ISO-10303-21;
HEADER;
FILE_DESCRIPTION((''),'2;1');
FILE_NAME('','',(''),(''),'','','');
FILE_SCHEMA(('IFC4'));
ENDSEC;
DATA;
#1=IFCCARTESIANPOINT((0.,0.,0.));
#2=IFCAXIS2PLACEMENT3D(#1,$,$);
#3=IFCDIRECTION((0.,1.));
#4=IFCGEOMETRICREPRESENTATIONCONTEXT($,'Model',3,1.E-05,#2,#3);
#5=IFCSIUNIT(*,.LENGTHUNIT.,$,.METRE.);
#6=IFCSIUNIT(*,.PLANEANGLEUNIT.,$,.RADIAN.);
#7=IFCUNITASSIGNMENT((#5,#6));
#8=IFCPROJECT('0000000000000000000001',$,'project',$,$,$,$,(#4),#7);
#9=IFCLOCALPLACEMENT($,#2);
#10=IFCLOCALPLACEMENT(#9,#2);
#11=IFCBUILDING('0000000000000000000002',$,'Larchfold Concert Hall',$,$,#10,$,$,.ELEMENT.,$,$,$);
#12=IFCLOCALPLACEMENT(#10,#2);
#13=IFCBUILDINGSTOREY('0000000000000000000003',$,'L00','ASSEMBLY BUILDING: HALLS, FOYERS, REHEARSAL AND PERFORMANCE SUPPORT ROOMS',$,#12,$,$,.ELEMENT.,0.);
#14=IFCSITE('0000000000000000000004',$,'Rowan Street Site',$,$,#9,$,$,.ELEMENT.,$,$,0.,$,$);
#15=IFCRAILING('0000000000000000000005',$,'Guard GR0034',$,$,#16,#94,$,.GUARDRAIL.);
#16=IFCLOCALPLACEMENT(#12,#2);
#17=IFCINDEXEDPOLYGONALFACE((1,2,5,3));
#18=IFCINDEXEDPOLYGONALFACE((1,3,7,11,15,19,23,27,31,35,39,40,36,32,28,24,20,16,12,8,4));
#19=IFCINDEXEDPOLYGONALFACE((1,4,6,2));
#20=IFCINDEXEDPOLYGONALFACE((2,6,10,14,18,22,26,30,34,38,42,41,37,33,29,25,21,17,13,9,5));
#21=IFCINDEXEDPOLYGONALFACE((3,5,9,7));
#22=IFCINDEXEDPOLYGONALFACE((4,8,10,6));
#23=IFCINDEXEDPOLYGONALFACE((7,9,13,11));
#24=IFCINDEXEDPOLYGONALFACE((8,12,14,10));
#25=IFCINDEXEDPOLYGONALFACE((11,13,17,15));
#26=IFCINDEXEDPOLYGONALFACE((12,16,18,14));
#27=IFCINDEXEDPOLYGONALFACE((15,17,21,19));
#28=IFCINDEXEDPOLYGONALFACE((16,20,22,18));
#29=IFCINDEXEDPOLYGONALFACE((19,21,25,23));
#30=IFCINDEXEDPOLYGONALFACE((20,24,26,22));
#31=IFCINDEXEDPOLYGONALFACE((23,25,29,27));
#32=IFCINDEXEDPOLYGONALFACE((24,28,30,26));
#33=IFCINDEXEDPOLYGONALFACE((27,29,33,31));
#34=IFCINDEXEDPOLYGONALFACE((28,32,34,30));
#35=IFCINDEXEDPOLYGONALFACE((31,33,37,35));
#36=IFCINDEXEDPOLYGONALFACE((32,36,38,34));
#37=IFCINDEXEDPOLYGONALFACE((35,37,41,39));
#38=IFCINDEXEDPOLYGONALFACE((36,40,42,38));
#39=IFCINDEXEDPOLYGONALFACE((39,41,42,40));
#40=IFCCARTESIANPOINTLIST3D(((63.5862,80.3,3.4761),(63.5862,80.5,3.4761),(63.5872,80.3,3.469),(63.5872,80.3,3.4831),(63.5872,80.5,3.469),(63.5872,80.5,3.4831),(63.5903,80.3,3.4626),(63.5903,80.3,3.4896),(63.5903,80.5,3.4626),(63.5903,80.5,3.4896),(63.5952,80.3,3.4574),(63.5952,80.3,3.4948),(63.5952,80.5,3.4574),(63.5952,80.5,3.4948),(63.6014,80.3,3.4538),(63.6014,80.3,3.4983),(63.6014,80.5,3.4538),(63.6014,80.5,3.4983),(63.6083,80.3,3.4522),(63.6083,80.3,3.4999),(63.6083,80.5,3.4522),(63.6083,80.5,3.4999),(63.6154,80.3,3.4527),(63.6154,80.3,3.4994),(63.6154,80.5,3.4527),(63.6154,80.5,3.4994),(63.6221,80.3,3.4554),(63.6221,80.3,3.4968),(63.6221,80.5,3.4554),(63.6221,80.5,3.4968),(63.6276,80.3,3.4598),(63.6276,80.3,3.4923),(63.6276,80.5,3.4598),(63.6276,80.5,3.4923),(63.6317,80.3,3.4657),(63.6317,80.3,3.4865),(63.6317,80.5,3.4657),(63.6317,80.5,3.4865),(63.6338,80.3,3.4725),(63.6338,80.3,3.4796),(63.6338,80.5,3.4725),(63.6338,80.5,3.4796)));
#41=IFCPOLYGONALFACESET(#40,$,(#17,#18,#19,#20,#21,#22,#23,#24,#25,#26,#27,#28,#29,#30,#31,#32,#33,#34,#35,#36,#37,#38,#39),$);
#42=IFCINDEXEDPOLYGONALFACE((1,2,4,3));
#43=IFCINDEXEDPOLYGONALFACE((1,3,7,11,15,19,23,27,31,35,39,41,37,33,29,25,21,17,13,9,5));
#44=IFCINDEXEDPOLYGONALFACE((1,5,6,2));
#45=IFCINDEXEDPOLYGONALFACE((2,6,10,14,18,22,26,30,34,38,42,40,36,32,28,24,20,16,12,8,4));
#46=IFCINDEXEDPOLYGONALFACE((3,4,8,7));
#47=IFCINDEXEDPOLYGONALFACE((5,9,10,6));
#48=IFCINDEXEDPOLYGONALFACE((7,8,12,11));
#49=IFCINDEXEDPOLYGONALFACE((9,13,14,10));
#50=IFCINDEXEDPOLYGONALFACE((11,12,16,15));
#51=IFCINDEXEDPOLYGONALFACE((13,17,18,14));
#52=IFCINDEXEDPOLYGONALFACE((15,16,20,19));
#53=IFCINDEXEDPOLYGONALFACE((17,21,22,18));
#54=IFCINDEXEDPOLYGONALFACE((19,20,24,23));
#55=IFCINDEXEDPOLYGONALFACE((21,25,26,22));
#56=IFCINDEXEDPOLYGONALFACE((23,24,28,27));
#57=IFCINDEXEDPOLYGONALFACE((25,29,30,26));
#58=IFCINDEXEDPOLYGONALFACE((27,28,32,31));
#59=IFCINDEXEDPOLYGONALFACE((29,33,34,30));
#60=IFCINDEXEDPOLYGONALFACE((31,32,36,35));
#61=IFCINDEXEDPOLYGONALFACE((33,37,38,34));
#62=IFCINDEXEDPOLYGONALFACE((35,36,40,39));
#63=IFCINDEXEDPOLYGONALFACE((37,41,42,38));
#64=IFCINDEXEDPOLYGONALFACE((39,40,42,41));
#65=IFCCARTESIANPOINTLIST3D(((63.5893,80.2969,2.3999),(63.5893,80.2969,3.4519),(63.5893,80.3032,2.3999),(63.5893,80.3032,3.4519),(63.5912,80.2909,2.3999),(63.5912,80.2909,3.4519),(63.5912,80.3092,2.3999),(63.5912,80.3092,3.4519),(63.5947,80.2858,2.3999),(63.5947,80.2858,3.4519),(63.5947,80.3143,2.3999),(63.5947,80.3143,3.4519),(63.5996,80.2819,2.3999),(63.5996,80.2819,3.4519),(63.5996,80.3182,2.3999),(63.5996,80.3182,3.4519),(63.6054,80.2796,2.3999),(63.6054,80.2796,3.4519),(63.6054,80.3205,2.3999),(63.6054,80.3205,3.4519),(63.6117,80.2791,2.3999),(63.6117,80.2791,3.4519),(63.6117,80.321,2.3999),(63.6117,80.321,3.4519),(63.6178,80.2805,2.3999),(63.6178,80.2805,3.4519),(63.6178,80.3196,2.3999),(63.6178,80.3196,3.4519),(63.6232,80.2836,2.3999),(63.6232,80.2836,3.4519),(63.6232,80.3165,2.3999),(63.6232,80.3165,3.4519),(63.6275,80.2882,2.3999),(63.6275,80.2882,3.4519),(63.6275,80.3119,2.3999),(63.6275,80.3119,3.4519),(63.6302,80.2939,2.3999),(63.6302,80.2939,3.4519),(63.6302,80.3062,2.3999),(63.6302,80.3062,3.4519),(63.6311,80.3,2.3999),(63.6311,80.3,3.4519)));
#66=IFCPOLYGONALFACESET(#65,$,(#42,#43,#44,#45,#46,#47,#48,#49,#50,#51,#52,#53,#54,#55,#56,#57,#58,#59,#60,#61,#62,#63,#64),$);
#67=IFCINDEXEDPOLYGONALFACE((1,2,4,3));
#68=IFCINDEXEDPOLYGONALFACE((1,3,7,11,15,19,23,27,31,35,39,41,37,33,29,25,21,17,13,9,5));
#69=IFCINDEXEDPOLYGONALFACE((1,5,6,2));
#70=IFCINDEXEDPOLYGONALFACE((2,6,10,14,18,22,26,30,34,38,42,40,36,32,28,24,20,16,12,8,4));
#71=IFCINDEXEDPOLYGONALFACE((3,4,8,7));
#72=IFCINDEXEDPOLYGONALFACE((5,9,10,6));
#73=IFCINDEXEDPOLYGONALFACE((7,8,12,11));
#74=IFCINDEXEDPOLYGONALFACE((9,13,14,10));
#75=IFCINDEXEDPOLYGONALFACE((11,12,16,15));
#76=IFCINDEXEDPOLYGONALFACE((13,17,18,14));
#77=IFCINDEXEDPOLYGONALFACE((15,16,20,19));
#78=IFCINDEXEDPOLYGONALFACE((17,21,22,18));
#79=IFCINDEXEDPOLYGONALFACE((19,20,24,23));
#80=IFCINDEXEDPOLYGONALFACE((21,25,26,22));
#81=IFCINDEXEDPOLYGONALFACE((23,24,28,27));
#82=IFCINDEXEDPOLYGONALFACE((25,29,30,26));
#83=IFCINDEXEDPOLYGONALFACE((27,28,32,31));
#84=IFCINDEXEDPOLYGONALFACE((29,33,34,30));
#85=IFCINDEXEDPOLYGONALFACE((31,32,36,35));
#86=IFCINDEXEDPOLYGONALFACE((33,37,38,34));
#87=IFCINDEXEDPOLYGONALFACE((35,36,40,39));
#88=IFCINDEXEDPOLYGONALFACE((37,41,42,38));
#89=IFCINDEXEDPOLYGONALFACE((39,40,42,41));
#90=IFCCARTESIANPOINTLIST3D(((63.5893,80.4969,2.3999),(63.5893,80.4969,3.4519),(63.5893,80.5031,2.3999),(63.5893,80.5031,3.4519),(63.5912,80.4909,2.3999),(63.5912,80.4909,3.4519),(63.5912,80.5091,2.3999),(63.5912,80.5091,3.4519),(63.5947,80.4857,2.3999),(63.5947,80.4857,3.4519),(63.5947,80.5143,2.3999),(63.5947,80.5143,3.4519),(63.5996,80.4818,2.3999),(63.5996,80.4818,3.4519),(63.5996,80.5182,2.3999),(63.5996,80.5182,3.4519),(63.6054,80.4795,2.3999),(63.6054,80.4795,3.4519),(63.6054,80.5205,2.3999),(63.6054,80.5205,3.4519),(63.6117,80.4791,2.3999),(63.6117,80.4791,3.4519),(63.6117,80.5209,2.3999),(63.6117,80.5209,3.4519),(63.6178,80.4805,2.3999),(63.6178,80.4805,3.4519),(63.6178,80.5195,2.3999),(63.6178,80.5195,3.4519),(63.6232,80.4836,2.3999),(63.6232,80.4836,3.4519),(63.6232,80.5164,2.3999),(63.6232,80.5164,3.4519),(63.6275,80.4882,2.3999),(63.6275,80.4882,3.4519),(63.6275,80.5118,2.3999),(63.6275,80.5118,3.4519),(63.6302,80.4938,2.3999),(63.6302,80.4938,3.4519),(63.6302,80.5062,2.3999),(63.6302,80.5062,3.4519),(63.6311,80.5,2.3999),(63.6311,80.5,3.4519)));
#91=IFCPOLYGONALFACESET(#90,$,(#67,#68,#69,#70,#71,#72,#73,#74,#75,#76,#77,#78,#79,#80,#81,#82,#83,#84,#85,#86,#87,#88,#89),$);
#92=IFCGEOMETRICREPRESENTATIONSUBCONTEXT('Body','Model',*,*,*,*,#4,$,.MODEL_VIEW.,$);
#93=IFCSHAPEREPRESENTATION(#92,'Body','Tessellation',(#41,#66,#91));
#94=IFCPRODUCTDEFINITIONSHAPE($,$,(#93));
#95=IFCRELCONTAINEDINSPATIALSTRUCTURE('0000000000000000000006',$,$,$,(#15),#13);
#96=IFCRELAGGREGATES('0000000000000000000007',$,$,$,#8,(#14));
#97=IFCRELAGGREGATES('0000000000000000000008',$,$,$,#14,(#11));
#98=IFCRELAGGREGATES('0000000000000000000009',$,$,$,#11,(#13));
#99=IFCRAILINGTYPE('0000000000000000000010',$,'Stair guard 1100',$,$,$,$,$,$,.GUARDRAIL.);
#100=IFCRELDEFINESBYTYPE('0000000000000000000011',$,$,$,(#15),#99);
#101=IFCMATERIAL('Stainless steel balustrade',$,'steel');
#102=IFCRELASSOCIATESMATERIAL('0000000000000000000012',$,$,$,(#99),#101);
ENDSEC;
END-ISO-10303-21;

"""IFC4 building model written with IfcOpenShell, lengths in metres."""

from ifc_helpers import new_model, si_unit, direction, frame, origin, origin_2d, place, context, subcontext, project, spatial, circle, extrude, material, type_object, element, save


model = new_model("IFC4")

# Units and contexts
model_context = context("Model", 3, precision=1e-05, world=origin(), true_north=direction((0.0, 1.0)))
body_context = subcontext(model_context, "Body", "Model", "MODEL_VIEW")
ifc_project = project(units=[si_unit("LENGTHUNIT", "METRE"), si_unit("PLANEANGLEUNIT", "RADIAN")], contexts=[model_context])

# Site, building, storey
site_placement = place(None, origin())
site = spatial("IfcSite", under=ifc_project, at=site_placement, Name="Rowan Street Site", CompositionType="ELEMENT", RefElevation=0.0)
building_placement = place(site_placement, origin())
building = spatial("IfcBuilding", under=site, at=building_placement, Name="Larchfold Concert Hall", CompositionType="ELEMENT")
storey_placement = place(building_placement, origin())
storey = spatial("IfcBuildingStorey", under=building, at=storey_placement, Name="L00", Description="ASSEMBLY BUILDING: HALLS, FOYERS, REHEARSAL AND PERFORMANCE SUPPORT ROOMS", CompositionType="ELEMENT", Elevation=0.0)

# Railing
ifc_material_1 = material(Name="Stainless steel balustrade", Category="steel")
railing_type_1 = type_object("IfcRailingType", Name="Stair guard 1100", PredefinedType="GUARDRAIL", material=ifc_material_1)
railing_1_placement = place(storey_placement, frame((63.6101, 80.3, 2.3999)))
element("IfcRailing", 1, at=railing_1_placement, inside=storey, type_object=railing_type_1, Name="Guard GR0034", PredefinedType="GUARDRAIL", context=body_context, shape_type="SweptSolid", body=[
    extrude(circle(Radius=0.0239, at=origin_2d()), frame((0.0, 0.0, 1.0762), z_axis=(0.0, 1.0, 0.0), x_axis=(-1.0, 0.0, 0.0)), (0.0, 0.0, 1.0), 0.2),
    extrude(circle(Radius=0.021, at=origin_2d()), origin(), (0.0, 0.0, 1.0), 1.052),
    extrude(circle(Radius=0.021, at=origin_2d()), frame((0.0, 0.2, 0.0)), (0.0, 0.0, 1.0), 1.052),
])

save(model, "model.ifc")
